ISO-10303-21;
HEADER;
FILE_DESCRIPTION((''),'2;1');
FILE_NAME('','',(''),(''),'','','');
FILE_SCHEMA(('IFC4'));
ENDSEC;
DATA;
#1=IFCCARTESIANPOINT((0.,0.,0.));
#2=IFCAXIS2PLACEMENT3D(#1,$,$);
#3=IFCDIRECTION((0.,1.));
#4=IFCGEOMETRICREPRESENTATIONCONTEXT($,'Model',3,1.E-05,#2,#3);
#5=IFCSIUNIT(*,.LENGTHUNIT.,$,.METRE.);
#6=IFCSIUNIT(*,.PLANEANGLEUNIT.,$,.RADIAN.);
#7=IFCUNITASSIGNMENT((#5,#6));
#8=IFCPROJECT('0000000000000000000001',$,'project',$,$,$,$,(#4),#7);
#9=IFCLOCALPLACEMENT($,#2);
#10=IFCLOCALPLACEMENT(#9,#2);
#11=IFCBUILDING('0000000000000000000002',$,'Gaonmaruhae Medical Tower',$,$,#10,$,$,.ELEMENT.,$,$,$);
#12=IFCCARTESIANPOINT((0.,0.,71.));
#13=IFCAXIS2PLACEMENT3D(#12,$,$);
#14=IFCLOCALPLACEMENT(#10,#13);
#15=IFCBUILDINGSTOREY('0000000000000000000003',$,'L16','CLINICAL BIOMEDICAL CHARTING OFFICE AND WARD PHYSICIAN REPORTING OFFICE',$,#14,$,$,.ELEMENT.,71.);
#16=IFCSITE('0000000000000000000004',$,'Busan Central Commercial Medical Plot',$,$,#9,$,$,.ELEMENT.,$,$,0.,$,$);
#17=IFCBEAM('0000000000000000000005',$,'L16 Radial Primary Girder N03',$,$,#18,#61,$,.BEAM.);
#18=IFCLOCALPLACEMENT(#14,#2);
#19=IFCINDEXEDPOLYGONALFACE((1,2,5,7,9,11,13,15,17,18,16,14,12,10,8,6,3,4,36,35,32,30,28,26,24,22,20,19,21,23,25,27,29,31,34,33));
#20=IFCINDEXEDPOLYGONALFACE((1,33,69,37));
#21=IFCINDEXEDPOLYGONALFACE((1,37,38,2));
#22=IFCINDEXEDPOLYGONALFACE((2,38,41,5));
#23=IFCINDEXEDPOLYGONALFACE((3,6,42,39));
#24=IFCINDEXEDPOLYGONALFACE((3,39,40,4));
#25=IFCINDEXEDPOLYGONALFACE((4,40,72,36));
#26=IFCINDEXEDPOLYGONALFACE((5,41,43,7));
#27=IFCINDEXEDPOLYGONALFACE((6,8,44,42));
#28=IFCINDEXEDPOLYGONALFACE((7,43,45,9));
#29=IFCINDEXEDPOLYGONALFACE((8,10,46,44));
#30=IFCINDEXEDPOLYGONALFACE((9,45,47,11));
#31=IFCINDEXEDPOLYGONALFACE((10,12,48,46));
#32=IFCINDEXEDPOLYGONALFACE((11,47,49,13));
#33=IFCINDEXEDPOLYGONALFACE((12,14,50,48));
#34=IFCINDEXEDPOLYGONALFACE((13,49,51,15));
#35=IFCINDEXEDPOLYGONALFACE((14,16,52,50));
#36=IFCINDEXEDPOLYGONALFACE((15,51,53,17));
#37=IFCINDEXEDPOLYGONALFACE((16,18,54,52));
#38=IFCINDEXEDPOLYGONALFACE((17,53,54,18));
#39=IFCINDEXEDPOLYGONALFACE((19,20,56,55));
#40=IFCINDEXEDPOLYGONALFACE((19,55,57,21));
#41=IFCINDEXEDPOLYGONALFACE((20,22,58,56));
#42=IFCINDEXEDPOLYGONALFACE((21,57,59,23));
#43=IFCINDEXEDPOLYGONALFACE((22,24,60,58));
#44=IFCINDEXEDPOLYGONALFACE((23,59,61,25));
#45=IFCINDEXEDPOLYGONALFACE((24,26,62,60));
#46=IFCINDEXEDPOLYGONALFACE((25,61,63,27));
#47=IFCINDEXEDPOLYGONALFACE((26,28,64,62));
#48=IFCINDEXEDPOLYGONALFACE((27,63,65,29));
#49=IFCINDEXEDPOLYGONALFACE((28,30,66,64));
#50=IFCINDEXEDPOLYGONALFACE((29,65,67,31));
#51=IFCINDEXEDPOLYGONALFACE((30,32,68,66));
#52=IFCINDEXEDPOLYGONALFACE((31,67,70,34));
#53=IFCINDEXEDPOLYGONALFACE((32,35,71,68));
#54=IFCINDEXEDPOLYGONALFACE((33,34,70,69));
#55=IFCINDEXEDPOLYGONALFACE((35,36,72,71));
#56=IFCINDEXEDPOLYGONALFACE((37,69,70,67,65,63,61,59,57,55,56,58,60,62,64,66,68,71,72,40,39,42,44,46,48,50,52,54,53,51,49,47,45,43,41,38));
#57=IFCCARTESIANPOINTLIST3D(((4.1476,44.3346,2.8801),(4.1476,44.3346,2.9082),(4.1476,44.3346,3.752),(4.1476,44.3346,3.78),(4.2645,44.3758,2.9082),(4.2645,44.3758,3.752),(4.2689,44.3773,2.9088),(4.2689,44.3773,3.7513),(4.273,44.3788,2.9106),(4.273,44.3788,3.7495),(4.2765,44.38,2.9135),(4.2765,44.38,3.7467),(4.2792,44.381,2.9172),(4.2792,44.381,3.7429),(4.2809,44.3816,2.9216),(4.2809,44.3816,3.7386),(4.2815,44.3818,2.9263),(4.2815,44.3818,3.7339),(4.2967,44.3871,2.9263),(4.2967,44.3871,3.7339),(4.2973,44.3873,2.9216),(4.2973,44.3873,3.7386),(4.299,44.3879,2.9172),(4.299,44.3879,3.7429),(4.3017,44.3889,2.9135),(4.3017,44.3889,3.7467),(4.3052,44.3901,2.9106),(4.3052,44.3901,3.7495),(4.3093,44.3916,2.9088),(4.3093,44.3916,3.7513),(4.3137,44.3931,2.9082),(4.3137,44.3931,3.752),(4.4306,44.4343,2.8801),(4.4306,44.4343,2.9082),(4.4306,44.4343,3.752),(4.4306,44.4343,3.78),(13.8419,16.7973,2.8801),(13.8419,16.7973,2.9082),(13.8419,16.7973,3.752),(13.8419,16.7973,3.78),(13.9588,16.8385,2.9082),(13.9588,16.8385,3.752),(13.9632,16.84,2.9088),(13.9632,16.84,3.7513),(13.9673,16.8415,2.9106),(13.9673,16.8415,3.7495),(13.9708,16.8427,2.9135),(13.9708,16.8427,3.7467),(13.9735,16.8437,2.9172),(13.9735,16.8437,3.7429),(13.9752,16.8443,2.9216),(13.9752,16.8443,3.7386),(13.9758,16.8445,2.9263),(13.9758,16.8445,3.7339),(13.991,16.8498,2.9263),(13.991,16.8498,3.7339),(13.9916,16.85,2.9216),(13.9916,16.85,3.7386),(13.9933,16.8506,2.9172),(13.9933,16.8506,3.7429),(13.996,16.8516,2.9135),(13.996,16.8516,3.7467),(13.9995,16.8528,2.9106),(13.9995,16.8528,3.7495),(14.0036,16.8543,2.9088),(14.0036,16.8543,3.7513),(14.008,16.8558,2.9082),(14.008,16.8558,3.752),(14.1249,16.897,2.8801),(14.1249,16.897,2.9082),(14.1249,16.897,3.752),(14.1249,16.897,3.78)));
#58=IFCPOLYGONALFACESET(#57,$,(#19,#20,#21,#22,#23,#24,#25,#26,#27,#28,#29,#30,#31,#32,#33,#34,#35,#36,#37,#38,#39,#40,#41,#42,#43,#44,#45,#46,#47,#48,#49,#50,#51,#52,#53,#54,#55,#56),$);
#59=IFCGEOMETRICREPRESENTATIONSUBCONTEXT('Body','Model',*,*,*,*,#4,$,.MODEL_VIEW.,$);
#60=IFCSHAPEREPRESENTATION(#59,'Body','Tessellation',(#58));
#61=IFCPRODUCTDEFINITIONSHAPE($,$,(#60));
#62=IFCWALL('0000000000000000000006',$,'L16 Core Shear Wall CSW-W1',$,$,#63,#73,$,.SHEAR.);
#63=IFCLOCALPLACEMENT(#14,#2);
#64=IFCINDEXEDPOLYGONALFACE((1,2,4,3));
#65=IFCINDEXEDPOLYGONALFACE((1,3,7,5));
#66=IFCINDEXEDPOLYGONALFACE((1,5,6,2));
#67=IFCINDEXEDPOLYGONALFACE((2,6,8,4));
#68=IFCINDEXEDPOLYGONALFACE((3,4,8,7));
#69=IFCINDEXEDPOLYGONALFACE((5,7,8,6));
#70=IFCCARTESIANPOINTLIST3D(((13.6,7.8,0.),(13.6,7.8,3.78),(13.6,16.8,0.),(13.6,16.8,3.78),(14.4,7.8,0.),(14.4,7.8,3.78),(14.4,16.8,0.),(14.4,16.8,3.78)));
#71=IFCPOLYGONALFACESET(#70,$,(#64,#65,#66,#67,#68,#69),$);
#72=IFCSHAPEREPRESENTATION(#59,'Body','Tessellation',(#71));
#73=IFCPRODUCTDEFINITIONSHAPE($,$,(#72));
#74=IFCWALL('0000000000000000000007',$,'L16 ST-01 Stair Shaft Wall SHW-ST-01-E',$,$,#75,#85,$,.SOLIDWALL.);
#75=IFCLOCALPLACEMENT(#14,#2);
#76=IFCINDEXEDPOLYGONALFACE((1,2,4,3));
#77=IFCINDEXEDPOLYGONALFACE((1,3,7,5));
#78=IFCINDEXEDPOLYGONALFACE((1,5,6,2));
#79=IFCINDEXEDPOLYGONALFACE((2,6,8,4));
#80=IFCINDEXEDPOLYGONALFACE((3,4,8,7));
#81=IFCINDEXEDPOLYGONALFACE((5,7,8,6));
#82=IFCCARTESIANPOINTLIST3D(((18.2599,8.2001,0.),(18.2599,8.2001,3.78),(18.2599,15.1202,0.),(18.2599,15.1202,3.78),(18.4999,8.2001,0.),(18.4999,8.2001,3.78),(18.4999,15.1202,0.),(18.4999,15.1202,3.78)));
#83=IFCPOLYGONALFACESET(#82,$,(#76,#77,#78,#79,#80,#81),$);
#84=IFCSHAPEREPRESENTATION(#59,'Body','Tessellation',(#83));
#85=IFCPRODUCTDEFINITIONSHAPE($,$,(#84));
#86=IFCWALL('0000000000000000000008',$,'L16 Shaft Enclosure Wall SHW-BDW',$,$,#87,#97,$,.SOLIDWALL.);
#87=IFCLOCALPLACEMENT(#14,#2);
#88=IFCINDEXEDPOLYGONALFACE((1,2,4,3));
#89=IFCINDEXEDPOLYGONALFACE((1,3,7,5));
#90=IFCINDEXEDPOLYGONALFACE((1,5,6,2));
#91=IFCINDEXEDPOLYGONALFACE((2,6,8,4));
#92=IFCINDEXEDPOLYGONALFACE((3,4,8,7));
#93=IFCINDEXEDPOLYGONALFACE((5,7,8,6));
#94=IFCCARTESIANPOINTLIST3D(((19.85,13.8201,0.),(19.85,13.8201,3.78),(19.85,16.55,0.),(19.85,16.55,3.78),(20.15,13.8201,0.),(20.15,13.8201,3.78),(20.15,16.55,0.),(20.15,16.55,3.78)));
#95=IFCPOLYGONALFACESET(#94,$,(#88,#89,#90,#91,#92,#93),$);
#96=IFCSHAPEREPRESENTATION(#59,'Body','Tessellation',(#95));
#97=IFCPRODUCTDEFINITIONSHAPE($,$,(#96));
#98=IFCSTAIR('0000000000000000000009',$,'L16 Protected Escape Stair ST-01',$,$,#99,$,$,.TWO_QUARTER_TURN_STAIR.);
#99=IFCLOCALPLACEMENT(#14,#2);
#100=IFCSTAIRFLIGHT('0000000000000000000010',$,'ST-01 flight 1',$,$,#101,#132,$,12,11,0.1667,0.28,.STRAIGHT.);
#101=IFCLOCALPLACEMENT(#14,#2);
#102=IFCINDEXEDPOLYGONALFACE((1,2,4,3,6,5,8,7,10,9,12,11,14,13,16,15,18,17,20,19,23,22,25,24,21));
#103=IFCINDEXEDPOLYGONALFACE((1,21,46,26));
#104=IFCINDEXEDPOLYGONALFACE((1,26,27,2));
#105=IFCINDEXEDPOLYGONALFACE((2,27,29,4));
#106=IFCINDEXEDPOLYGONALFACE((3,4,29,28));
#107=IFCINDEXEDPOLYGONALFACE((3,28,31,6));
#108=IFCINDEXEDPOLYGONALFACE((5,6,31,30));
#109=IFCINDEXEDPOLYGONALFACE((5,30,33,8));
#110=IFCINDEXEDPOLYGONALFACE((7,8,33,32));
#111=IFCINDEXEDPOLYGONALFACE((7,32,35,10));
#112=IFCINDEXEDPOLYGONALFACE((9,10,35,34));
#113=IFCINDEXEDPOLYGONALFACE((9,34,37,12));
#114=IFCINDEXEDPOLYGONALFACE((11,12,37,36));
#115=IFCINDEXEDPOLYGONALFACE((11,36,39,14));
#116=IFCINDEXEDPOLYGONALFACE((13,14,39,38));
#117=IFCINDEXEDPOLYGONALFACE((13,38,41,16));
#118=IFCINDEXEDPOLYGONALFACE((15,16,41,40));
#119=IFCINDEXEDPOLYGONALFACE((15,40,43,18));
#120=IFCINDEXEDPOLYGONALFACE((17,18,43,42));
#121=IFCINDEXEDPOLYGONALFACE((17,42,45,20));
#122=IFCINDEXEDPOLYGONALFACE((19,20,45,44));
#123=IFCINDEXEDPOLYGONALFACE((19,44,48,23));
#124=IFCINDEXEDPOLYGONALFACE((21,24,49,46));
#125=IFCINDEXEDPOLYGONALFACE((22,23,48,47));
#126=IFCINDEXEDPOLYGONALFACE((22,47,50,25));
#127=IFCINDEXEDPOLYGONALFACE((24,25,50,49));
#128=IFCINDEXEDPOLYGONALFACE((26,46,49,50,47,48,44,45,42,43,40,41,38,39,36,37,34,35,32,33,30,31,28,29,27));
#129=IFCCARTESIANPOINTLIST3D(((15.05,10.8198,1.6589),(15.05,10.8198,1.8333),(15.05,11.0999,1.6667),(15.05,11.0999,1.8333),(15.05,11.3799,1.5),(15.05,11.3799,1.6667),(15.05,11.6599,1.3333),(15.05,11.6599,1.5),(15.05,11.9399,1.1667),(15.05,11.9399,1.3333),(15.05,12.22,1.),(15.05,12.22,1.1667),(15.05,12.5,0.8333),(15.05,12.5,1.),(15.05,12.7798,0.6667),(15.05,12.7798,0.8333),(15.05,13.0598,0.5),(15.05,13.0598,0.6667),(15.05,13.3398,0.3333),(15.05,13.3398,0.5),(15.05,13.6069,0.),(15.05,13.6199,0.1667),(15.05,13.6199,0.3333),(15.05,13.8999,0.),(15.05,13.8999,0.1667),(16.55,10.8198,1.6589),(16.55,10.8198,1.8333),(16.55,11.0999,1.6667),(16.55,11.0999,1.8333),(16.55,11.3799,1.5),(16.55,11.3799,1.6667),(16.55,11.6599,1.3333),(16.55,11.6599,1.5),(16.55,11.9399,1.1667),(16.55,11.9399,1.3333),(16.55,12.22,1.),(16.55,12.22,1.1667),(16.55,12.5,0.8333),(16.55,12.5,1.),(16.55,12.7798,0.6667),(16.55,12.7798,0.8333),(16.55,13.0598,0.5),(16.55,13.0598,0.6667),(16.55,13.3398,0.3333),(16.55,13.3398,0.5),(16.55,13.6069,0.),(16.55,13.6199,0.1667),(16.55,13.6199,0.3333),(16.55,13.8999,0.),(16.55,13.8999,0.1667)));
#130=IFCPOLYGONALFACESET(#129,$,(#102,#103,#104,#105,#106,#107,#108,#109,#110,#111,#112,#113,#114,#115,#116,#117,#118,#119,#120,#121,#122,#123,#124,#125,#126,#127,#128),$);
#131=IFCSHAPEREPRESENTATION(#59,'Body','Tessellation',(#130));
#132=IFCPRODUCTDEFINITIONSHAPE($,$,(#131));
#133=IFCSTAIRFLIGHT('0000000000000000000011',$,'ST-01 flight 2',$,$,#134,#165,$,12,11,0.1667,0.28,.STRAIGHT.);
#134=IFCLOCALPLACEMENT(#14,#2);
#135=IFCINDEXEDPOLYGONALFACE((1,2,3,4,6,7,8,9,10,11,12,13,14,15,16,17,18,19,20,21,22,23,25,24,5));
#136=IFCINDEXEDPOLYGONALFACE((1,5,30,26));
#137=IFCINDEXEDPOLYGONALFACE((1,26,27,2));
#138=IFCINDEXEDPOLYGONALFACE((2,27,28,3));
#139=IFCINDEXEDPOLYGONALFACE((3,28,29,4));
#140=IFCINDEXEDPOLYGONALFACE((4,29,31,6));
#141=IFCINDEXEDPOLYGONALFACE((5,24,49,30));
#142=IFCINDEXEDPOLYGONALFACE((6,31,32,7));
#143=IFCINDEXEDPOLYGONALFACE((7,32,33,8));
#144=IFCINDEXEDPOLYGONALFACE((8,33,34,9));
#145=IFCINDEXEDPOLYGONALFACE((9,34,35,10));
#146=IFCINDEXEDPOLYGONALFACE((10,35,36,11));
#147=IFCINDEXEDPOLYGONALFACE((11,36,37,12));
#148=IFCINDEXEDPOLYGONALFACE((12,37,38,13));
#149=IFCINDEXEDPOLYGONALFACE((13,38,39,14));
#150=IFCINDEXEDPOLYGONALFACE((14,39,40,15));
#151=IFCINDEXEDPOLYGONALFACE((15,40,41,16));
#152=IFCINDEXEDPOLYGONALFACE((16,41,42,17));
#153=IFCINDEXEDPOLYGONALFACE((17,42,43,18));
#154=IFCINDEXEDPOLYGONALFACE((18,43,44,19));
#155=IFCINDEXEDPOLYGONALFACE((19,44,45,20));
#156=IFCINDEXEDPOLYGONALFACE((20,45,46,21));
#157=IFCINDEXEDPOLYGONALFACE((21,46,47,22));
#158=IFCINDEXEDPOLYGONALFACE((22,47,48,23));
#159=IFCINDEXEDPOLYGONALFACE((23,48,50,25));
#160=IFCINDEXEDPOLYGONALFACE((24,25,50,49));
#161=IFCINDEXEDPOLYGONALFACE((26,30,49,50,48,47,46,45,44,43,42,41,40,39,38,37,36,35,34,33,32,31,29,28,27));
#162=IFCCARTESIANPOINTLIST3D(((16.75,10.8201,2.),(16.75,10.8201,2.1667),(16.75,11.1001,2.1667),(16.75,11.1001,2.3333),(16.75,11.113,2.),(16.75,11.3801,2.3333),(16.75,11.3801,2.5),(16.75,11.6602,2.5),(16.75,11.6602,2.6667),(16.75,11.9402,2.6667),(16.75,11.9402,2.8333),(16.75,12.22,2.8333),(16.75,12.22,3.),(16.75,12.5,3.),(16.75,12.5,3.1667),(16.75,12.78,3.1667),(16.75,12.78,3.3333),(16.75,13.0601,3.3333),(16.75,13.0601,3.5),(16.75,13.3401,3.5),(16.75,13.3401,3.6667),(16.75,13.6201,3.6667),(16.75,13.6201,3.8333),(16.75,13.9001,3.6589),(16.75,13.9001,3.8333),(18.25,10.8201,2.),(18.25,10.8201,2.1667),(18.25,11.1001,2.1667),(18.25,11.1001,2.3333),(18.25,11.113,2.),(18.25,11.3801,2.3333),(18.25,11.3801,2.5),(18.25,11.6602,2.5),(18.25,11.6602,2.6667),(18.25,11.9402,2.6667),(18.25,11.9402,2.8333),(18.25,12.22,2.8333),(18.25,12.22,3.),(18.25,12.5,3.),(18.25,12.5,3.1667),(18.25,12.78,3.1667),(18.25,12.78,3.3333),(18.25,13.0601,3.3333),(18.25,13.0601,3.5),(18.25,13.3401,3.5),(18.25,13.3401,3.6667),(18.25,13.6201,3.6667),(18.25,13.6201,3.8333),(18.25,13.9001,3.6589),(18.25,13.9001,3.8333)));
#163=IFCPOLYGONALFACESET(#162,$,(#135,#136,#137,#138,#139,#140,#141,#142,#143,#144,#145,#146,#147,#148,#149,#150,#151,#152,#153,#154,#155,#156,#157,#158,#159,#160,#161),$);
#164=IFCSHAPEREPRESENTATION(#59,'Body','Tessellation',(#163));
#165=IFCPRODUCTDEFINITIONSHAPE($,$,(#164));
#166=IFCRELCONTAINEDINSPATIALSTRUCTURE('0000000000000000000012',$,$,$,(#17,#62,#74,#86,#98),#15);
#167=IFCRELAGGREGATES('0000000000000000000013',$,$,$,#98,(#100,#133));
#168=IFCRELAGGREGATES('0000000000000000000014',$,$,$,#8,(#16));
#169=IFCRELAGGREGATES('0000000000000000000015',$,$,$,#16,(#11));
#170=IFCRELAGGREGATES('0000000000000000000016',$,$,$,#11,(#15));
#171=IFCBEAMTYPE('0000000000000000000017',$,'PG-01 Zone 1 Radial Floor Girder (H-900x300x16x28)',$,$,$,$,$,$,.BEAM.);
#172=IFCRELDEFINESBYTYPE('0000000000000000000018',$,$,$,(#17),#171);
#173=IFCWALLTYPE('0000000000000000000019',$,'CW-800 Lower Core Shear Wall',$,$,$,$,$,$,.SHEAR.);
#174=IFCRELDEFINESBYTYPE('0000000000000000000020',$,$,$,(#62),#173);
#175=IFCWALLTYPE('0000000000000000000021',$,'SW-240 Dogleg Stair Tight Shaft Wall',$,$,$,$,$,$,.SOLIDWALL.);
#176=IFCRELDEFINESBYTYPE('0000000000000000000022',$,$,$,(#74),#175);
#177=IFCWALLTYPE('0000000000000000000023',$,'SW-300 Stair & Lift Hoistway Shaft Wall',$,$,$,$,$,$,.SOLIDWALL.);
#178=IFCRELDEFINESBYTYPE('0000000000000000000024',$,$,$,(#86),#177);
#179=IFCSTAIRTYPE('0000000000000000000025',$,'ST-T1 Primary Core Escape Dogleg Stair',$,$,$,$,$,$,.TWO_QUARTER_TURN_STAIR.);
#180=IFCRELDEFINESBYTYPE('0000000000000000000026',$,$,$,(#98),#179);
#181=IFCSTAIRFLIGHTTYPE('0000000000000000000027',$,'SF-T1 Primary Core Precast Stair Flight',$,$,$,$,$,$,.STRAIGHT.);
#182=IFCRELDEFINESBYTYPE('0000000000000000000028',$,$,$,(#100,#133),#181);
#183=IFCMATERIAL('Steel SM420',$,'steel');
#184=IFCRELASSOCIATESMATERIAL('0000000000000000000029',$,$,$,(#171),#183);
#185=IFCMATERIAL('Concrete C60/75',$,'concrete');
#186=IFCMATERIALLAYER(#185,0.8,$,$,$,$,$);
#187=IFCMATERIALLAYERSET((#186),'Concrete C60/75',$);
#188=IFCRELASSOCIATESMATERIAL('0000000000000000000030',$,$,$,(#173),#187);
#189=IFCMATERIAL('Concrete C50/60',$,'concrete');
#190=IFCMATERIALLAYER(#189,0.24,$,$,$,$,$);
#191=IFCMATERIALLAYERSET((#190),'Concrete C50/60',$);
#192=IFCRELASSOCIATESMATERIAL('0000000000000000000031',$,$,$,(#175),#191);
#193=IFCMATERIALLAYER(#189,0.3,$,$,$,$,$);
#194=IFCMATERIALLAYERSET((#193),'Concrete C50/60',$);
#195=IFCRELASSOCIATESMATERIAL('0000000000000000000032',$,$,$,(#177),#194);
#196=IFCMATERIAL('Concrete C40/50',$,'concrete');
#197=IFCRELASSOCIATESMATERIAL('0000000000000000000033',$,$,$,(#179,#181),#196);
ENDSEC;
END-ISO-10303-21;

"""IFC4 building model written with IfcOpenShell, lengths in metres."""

from ifc_helpers import new_model, si_unit, direction, frame, frame_2d, origin, origin_2d, place, context, subcontext, project, spatial, polyline, rectangle, i_section, outline, extrude, material, layer, layer_set, material_profile, profile_set, type_object, element, aggregate, save


model = new_model("IFC4")

# Units and contexts
model_context = context("Model", 3, precision=1e-05, world=origin(), true_north=direction((0.0, 1.0)))
body_context = subcontext(model_context, "Body", "Model", "MODEL_VIEW")
ifc_project = project(units=[si_unit("LENGTHUNIT", "METRE"), si_unit("PLANEANGLEUNIT", "RADIAN")], contexts=[model_context])

# Site, building, storey
site_placement = place(None, origin())
site = spatial("IfcSite", under=ifc_project, at=site_placement, Name="Busan Central Commercial Medical Plot", CompositionType="ELEMENT", RefElevation=0.0)
building_placement = place(site_placement, origin())
building = spatial("IfcBuilding", under=site, at=building_placement, Name="Gaonmaruhae Medical Tower", CompositionType="ELEMENT")
storey_placement = place(building_placement, frame((0.0, 0.0, 71.0)))
storey = spatial("IfcBuildingStorey", under=building, at=storey_placement, Name="L16", Description="CLINICAL BIOMEDICAL CHARTING OFFICE AND WARD PHYSICIAN REPORTING OFFICE", CompositionType="ELEMENT", Elevation=71.0)

# Shared definitions
ifc_material_1 = material(Name="Concrete C60/75", Category="concrete")

# Beam
ifc_material_2 = material(Name="Steel SM420", Category="steel")
ifc_material_profile_1 = material_profile(ifc_material_2, i_section(OverallWidth=0.3, OverallDepth=0.8999, WebThickness=0.0161, FlangeThickness=0.0281, FilletRadius=0.0181, at=origin_2d()), Name="H-900x300x16x28")
ifc_profile_set_1 = profile_set([ifc_material_profile_1], Name="Steel SM420")
beam_type = type_object("IfcBeamType", Name="PG-01 Zone 1 Radial Floor Girder (H-900x300x16x28)", PredefinedType="BEAM", material=ifc_profile_set_1)
beam_1_placement = place(storey_placement, frame((13.9834, 16.8472, 3.3301), z_axis=(-0.332067, 0.943256, 0.0), x_axis=(-0.943256, -0.332067, 0.0)))
element("IfcBeam", 1, at=beam_1_placement, inside=storey, type_object=beam_type, Name="L16 Radial Primary Girder N03", PredefinedType="BEAM", context=body_context, shape_type="SweptSolid", body=[
    extrude(i_section(OverallWidth=0.3, OverallDepth=0.8999, WebThickness=0.0161, FlangeThickness=0.0281, FilletRadius=0.0181, at=origin_2d()), origin(), (0.0, 0.0, 1.0), 29.1938),
])

# Wall
ifc_layer_1 = layer(ifc_material_1, 0.8)
ifc_layer_set_1 = layer_set([ifc_layer_1], Name="Concrete C60/75")
wall_type_1 = type_object("IfcWallType", Name="CW-800 Lower Core Shear Wall", PredefinedType="SHEAR", material=ifc_layer_set_1)
wall_1_placement = place(storey_placement, frame((14.0, 16.8, 0.0), z_axis=(0.0, 0.0, 1.0), x_axis=(0.0, -1.0, 0.0)))
element("IfcWall", 2, at=wall_1_placement, inside=storey, type_object=wall_type_1, Name="L16 Core Shear Wall CSW-W1", PredefinedType="SHEAR", context=body_context, shape_type="SweptSolid", body=[
    extrude(rectangle(XDim=9.0, YDim=0.8, at=frame_2d((4.5, 0.0))), origin(), (0.0, 0.0, 1.0), 3.78),
])

# Shared definitions
ifc_material_3 = material(Name="Concrete C50/60", Category="concrete")
ifc_layer_2 = layer(ifc_material_3, 0.24)
ifc_layer_set_2 = layer_set([ifc_layer_2], Name="Concrete C50/60")
wall_type_2 = type_object("IfcWallType", Name="SW-240 Dogleg Stair Tight Shaft Wall", PredefinedType="SOLIDWALL", material=ifc_layer_set_2)

# Wall
wall_2_placement = place(storey_placement, frame((18.3799, 15.1201, 0.0), z_axis=(0.0, 0.0, 1.0), x_axis=(0.0, -1.0, 0.0)))
element("IfcWall", 3, at=wall_2_placement, inside=storey, type_object=wall_type_2, Name="L16 ST-01 Stair Shaft Wall SHW-ST-01-E", PredefinedType="SOLIDWALL", context=body_context, shape_type="SweptSolid", body=[
    extrude(rectangle(XDim=6.9202, YDim=0.24, at=frame_2d((3.46, 0.0))), origin(), (0.0, 0.0, 1.0), 3.78),
])

# Shared definitions
ifc_layer_3 = layer(ifc_material_3, 0.3)
ifc_layer_set_3 = layer_set([ifc_layer_3], Name="Concrete C50/60")
wall_type_3 = type_object("IfcWallType", Name="SW-300 Stair & Lift Hoistway Shaft Wall", PredefinedType="SOLIDWALL", material=ifc_layer_set_3)

# Wall
wall_3_placement = place(storey_placement, frame((20.0, 13.8201, 0.0), z_axis=(0.0, 0.0, 1.0), x_axis=(0.0, 1.0, 0.0)))
element("IfcWall", 4, at=wall_3_placement, inside=storey, type_object=wall_type_3, Name="L16 Shaft Enclosure Wall SHW-BDW", PredefinedType="SOLIDWALL", context=body_context, shape_type="SweptSolid", body=[
    extrude(rectangle(XDim=2.73, YDim=0.3, at=frame_2d((1.365, 0.0))), origin(), (0.0, 0.0, 1.0), 3.78),
])

# Stair, stair flights
ifc_material_4 = material(Name="Concrete C40/50", Category="concrete")
stair_type = type_object("IfcStairType", Name="ST-T1 Primary Core Escape Dogleg Stair", PredefinedType="TWO_QUARTER_TURN_STAIR", material=ifc_material_4)
stair_placement = place(storey_placement, origin())
stair = element("IfcStair", 5, at=stair_placement, inside=storey, type_object=stair_type, Name="L16 Protected Escape Stair ST-01", PredefinedType="TWO_QUARTER_TURN_STAIR")
stair_flight_type = type_object("IfcStairFlightType", Name="SF-T1 Primary Core Precast Stair Flight", PredefinedType="STRAIGHT", material=ifc_material_4)
stair_flight_1_placement = place(storey_placement, frame((15.8, 13.8999, 0.0), z_axis=(0.0, 0.0, 1.0), x_axis=(0.0, -1.0, 0.0)))
stair_flight_1 = element("IfcStairFlight", 6, at=stair_flight_1_placement, type_object=stair_flight_type, Name="ST-01 flight 1", NumberOfRisers=12, NumberOfTreads=11, PredefinedType="STRAIGHT", RiserHeight=0.1667, TreadLength=0.28, context=body_context, shape_type="SweptSolid", body=[
    extrude(outline(polyline([(0.0, 0.0), (0.0, 0.1667), (0.28, 0.1667), (0.28, 0.3333), (0.5601, 0.3333), (0.5601, 0.5), (0.8401, 0.5), (0.8401, 0.6667), (1.1201, 0.6667), (1.1201, 0.8333), (1.3999, 0.8333), (1.3999, 1.0), (1.6799, 1.0), (1.6799, 1.1667), (1.96, 1.1667), (1.96, 1.3333), (2.24, 1.3333), (2.24, 1.5), (2.52, 1.5), (2.52, 1.6667), (2.8, 1.6667), (2.8, 1.8333), (3.0801, 1.8333), (3.0801, 2.0), (3.0801, 1.6589), (0.293, 0.0), (0.0, 0.0)])), frame((0.0, 0.75, 0.0), z_axis=(0.0, -1.0, 0.0), x_axis=(1.0, 0.0, 0.0)), (0.0, 0.0, 1.0), 1.5),
])
stair_flight_2_placement = place(storey_placement, frame((17.5, 10.8201, 2.0), z_axis=(0.0, 0.0, 1.0), x_axis=(0.0, 1.0, 0.0)))
stair_flight_2 = element("IfcStairFlight", 7, at=stair_flight_2_placement, type_object=stair_flight_type, Name="ST-01 flight 2", NumberOfRisers=12, NumberOfTreads=11, PredefinedType="STRAIGHT", RiserHeight=0.1667, TreadLength=0.28, context=body_context, shape_type="SweptSolid", body=[
    extrude(outline(polyline([(0.0, 0.0), (0.0, 0.1667), (0.28, 0.1667), (0.28, 0.3333), (0.5601, 0.3333), (0.5601, 0.5), (0.8401, 0.5), (0.8401, 0.6667), (1.1201, 0.6667), (1.1201, 0.8333), (1.3999, 0.8333), (1.3999, 1.0), (1.6799, 1.0), (1.6799, 1.1667), (1.96, 1.1667), (1.96, 1.3333), (2.24, 1.3333), (2.24, 1.5), (2.52, 1.5), (2.52, 1.6667), (2.8, 1.6667), (2.8, 1.8333), (3.0801, 1.8333), (3.0801, 2.0), (3.0801, 1.6589), (0.293, 0.0), (0.0, 0.0)])), frame((0.0, 0.75, 0.0), z_axis=(0.0, -1.0, 0.0), x_axis=(1.0, 0.0, 0.0)), (0.0, 0.0, 1.0), 1.5),
])
aggregate(stair, [stair_flight_1, stair_flight_2])

save(model, "model.ifc")
